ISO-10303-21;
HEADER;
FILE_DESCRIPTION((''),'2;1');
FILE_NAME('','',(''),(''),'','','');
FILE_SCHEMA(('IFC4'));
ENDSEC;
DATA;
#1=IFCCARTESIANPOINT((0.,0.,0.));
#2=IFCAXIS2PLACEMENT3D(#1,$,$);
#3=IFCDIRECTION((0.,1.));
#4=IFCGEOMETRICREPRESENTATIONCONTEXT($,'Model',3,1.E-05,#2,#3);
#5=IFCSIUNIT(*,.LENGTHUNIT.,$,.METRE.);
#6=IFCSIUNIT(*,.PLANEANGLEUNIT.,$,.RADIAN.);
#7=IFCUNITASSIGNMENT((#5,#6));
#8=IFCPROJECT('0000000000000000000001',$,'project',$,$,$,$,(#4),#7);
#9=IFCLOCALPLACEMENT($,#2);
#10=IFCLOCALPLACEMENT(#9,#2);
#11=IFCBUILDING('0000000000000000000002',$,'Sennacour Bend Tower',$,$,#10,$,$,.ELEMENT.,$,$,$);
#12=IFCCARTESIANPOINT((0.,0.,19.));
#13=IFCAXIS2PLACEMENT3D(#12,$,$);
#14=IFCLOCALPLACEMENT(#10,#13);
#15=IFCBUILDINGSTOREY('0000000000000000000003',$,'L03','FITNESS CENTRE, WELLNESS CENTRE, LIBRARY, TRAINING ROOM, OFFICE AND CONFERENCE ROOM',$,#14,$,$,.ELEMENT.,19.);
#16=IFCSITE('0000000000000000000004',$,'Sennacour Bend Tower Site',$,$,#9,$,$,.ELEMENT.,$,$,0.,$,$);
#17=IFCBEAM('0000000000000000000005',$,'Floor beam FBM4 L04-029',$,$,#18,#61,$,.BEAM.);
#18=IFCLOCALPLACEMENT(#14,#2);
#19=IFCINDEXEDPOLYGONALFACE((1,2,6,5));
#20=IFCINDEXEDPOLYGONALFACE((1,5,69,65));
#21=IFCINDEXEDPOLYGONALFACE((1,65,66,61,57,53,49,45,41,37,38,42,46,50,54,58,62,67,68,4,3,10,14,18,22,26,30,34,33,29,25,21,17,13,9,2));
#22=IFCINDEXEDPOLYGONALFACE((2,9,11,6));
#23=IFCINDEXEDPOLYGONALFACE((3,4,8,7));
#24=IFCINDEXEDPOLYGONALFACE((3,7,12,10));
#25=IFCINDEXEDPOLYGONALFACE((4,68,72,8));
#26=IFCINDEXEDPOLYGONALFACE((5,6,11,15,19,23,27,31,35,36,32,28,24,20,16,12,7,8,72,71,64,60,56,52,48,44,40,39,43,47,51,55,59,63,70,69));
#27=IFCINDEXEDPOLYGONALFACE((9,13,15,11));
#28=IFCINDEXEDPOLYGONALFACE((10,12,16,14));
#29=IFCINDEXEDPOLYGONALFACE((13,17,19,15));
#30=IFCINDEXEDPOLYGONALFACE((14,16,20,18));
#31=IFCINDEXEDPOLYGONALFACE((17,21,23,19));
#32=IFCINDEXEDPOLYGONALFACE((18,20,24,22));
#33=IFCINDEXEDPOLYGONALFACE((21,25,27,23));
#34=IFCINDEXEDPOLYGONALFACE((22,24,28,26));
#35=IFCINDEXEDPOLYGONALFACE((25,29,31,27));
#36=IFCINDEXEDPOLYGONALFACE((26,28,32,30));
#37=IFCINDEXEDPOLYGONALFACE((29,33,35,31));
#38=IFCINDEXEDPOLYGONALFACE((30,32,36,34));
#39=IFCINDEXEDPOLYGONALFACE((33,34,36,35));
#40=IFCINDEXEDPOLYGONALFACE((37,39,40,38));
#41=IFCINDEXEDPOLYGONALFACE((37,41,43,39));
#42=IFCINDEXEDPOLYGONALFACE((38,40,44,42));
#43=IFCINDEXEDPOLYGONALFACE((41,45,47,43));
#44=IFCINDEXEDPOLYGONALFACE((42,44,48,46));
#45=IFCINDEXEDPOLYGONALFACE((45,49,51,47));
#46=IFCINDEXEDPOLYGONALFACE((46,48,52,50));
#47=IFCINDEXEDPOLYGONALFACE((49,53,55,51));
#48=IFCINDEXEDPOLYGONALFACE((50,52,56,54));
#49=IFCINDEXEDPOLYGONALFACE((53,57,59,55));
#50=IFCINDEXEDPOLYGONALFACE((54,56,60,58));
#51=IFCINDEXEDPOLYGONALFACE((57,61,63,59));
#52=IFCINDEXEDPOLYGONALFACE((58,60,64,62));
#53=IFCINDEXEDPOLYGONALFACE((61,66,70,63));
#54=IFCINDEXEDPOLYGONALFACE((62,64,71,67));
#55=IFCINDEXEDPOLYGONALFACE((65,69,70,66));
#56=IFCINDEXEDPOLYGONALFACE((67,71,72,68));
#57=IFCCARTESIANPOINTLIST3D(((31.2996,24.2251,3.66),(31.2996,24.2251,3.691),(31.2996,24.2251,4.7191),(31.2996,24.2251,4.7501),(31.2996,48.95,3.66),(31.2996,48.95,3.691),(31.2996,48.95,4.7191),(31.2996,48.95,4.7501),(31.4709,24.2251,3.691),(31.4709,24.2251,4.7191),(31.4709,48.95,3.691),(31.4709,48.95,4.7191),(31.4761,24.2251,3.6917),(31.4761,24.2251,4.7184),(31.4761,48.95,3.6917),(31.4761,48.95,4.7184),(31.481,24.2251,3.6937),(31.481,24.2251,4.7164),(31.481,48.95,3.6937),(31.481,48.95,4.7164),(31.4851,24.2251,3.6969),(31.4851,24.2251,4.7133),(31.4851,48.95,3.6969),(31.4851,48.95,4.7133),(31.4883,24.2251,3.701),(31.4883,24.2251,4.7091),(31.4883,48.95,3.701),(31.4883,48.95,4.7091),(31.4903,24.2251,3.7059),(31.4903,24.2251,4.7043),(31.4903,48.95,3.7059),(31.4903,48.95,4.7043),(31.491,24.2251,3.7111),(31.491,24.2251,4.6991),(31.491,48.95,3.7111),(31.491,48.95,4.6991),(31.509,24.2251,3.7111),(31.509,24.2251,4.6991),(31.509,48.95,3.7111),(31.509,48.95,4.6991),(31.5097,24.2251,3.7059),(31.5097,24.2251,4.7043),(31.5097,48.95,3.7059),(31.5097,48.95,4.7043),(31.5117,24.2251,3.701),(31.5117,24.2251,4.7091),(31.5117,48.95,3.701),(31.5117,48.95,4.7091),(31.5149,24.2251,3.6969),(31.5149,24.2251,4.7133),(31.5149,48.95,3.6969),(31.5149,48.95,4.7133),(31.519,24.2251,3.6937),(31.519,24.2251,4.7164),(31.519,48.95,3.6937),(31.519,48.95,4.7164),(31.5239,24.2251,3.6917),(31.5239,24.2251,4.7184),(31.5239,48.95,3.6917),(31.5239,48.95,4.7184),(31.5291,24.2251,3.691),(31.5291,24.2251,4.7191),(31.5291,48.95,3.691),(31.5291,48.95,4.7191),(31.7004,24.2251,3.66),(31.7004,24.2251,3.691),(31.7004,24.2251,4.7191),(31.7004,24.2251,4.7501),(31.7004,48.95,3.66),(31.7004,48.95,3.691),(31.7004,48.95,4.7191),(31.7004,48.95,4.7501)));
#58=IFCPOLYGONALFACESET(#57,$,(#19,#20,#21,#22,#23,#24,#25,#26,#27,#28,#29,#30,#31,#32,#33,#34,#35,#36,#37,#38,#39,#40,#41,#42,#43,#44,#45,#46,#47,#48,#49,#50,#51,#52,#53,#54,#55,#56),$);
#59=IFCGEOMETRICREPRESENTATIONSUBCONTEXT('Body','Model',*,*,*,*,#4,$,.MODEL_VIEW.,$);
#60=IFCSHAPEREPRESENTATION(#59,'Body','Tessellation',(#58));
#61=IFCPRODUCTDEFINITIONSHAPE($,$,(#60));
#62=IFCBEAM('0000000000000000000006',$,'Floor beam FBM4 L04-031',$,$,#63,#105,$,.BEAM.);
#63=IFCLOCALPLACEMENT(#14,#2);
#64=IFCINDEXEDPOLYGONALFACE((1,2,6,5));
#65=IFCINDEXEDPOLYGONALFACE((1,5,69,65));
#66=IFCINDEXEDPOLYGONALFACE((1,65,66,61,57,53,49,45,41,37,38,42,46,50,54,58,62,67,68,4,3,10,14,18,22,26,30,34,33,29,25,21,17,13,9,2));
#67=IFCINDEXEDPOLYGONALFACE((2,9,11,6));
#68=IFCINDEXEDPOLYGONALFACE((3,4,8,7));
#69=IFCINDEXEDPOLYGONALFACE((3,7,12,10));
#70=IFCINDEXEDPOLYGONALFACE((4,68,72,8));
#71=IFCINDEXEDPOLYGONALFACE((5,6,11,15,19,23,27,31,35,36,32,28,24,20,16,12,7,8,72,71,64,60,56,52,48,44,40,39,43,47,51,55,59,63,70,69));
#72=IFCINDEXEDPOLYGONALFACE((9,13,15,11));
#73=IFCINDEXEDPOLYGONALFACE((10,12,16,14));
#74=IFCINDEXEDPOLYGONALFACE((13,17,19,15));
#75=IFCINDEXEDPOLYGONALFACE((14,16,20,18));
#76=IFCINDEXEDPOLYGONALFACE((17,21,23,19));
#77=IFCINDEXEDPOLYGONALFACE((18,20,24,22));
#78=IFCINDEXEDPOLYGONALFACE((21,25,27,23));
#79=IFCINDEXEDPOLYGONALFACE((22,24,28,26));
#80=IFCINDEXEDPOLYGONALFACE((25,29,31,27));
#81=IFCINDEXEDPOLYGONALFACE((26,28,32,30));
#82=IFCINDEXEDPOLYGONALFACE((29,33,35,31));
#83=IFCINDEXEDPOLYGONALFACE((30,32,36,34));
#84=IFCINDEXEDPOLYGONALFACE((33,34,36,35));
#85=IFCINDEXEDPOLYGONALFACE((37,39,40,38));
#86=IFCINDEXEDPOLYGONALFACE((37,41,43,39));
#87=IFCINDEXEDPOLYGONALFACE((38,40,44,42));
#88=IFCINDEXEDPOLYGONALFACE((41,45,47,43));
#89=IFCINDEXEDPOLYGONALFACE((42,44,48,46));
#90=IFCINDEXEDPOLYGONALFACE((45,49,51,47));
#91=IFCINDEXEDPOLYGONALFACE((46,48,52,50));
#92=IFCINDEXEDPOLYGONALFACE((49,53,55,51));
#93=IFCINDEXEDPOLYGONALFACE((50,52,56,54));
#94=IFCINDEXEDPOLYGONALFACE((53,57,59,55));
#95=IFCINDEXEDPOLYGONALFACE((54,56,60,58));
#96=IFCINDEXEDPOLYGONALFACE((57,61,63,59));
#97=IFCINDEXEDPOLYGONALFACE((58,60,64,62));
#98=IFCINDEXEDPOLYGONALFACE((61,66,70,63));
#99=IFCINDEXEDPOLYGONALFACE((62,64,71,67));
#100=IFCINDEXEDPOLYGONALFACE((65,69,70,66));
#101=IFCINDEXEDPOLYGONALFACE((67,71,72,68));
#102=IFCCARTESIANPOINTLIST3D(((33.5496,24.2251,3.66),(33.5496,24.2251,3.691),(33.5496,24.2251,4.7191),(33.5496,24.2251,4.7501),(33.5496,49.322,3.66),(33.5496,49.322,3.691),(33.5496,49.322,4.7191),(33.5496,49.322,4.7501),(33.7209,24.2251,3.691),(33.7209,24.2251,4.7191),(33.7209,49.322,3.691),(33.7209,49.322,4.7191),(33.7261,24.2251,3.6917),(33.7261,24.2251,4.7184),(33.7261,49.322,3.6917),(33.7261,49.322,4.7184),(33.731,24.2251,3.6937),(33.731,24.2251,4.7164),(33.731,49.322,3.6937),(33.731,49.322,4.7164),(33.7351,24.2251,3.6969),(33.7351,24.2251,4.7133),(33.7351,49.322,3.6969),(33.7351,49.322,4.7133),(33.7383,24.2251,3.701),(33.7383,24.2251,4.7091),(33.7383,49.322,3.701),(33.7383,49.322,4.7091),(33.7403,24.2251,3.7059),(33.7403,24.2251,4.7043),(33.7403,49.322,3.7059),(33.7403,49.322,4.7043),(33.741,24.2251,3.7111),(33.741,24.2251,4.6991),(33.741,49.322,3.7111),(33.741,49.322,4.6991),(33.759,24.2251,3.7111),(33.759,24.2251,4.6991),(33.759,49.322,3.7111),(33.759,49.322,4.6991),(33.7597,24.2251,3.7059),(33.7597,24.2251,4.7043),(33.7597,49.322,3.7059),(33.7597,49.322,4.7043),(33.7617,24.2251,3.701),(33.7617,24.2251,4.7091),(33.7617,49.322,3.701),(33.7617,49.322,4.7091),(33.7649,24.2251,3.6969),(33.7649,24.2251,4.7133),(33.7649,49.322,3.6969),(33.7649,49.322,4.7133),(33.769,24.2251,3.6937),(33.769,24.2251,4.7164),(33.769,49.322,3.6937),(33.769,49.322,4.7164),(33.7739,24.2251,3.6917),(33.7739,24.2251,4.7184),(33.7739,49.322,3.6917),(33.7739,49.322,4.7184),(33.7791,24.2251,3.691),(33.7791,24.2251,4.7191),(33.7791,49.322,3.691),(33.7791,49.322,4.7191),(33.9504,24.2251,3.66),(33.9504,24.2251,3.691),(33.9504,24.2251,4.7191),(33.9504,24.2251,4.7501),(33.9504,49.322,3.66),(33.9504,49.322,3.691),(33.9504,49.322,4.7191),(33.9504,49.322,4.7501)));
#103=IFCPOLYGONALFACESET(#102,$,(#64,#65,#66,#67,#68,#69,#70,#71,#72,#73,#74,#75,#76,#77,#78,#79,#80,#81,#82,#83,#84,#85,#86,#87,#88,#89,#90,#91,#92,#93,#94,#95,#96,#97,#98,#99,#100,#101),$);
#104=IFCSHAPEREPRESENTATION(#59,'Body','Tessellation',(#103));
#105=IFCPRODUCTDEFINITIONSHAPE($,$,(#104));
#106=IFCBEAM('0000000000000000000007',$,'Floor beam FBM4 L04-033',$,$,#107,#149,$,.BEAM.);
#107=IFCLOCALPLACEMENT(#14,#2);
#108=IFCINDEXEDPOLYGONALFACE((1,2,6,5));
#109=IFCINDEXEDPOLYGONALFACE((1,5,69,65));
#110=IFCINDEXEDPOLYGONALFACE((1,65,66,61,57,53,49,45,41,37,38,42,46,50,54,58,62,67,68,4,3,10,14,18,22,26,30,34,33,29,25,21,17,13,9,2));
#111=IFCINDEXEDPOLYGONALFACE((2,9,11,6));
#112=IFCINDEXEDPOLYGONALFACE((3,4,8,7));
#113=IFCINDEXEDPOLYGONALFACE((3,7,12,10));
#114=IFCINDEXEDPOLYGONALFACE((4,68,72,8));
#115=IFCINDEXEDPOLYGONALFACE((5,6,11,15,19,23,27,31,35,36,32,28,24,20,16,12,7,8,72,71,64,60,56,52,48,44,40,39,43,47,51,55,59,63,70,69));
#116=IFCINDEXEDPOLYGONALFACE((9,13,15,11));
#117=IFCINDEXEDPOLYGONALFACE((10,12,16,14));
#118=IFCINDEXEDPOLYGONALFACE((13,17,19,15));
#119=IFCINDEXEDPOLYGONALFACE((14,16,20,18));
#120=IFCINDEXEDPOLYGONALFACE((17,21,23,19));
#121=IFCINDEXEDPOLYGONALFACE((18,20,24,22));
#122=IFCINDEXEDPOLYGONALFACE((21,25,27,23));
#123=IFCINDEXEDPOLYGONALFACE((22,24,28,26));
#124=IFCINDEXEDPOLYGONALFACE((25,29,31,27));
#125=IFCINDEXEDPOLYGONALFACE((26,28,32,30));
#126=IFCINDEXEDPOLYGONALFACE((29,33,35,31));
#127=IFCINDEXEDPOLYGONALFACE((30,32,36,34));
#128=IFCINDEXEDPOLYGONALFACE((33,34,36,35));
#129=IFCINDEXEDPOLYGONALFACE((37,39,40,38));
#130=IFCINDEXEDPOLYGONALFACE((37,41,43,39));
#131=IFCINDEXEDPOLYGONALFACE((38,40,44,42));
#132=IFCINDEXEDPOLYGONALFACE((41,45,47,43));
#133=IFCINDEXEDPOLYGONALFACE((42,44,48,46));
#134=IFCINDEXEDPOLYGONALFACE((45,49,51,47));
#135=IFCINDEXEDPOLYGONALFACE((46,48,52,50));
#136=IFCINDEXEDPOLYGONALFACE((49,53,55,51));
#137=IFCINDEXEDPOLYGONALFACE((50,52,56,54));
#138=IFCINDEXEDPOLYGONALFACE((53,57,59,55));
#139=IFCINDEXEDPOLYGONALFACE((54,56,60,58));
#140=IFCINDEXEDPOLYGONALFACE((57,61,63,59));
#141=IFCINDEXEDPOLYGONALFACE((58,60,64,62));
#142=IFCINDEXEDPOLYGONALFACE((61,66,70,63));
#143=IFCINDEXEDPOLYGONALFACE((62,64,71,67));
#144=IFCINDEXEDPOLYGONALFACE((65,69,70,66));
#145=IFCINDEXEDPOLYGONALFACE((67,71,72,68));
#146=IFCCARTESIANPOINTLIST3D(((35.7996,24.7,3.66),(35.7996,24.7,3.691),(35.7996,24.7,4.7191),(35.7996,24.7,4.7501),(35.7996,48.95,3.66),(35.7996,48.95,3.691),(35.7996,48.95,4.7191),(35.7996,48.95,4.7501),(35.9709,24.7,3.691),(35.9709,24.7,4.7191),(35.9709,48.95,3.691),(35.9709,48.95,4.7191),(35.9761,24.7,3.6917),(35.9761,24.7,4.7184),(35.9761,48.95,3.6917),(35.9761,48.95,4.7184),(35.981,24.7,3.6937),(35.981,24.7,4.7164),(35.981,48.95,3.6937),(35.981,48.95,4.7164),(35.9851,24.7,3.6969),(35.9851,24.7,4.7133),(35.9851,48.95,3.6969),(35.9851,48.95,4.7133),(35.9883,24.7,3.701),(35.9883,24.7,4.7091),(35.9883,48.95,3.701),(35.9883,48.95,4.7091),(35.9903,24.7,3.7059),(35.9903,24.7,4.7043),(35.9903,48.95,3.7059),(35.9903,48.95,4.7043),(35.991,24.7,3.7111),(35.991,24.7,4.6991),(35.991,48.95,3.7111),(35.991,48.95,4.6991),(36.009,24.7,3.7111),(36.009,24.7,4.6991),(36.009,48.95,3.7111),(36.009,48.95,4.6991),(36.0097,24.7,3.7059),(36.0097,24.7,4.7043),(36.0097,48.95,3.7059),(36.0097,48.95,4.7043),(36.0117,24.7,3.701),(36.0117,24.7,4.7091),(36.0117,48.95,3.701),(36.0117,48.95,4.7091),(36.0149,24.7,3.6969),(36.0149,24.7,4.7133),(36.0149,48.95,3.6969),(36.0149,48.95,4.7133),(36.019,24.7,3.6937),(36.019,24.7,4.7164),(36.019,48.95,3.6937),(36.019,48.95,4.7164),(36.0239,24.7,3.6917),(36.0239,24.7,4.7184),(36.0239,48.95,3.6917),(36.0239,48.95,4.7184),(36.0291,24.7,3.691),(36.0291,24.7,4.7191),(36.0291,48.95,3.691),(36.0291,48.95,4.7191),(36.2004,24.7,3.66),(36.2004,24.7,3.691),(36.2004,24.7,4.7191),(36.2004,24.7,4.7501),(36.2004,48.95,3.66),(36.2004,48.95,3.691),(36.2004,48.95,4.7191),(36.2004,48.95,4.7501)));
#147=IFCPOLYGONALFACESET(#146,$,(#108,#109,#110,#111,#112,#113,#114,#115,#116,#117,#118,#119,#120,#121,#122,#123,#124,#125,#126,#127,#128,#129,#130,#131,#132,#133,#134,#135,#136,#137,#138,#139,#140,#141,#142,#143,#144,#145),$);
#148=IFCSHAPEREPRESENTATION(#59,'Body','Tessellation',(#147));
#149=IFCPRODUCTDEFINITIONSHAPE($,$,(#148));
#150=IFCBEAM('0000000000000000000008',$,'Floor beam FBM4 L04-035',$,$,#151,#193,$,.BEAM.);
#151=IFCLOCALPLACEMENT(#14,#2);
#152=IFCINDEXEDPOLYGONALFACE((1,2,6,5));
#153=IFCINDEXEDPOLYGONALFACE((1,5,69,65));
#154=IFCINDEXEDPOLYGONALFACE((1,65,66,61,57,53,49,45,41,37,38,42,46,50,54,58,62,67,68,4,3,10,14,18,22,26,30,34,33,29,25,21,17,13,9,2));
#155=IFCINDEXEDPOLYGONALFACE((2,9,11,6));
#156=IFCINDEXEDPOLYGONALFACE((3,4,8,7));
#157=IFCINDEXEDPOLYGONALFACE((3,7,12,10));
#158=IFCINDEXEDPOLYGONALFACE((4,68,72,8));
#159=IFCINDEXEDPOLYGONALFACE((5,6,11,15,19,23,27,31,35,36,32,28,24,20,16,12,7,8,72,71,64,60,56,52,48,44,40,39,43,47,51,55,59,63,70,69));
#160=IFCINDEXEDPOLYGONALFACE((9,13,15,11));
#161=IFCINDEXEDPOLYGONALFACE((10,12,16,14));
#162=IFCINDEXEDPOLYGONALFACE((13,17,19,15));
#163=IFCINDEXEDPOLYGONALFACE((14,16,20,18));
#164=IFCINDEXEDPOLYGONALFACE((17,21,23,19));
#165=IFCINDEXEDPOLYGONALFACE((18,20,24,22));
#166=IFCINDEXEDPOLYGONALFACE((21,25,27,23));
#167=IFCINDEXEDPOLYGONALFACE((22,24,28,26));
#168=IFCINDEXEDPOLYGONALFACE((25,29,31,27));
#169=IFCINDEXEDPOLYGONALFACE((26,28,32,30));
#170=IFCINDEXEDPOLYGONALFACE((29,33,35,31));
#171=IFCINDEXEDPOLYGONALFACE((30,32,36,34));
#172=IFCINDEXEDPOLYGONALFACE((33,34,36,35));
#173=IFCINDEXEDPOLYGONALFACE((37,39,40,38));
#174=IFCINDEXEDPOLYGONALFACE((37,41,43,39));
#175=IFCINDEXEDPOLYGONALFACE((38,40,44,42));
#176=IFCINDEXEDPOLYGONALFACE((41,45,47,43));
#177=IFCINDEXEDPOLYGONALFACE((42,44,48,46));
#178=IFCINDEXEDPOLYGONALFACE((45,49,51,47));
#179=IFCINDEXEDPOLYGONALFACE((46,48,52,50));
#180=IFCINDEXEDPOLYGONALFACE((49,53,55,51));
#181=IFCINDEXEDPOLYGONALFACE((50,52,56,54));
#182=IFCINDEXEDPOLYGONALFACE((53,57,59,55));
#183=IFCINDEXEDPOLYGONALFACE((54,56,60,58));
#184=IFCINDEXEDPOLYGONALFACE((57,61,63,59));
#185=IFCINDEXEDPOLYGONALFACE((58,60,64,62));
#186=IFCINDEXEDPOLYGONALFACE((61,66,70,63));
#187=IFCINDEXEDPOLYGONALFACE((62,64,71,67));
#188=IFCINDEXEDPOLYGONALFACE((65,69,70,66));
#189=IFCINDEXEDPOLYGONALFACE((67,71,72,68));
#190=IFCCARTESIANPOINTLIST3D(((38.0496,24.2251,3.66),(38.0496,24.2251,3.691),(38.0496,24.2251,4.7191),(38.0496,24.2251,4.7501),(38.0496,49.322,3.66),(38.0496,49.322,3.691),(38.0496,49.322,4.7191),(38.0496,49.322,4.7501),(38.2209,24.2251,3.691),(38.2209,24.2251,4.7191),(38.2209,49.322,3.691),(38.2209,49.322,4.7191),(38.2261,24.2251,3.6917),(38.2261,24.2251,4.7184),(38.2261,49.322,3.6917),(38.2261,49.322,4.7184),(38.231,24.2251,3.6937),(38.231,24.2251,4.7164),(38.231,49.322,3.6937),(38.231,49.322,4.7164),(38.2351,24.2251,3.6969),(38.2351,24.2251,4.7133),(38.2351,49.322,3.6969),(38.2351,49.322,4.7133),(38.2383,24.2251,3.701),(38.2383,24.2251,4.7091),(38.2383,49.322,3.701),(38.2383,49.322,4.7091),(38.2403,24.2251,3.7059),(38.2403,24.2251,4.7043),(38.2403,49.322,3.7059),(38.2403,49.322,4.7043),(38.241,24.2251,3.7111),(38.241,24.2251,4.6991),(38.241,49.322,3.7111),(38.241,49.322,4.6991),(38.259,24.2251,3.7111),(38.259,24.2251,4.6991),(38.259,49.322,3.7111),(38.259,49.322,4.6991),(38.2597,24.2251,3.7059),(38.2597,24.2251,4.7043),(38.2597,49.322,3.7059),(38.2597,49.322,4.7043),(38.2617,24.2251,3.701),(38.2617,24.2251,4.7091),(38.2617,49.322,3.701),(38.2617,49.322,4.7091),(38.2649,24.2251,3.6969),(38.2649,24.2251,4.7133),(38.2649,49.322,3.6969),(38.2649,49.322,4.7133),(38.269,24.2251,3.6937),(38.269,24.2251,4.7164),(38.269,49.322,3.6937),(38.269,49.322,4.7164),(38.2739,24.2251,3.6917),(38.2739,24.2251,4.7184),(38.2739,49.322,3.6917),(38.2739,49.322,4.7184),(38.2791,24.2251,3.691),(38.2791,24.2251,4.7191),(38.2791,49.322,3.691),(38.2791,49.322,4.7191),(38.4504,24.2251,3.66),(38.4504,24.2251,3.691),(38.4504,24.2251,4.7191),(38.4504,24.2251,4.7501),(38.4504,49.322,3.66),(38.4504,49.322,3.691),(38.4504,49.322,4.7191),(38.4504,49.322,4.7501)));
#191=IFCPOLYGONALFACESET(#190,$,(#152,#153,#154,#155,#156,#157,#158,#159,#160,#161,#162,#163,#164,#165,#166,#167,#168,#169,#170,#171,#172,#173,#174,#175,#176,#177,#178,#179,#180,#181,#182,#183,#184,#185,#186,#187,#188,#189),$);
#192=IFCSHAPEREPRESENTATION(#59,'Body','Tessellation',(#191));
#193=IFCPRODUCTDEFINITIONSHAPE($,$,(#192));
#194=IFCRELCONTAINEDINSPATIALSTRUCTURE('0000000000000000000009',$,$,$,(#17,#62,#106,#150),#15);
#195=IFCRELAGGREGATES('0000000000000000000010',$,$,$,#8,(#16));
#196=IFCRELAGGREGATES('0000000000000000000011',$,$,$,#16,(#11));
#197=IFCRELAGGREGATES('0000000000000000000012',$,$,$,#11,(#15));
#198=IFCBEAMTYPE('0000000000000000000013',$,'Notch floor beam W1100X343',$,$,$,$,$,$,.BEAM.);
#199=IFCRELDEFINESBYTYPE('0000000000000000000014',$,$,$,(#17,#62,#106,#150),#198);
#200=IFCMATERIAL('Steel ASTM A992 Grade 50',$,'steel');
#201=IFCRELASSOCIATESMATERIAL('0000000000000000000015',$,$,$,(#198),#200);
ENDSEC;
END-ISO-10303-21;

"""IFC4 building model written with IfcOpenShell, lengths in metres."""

from ifc_helpers import new_model, si_unit, direction, frame, origin, origin_2d, place, context, subcontext, project, spatial, i_section, extrude, material, material_profile, profile_set, type_object, element, save


model = new_model("IFC4")

# Units and contexts
model_context = context("Model", 3, precision=1e-05, world=origin(), true_north=direction((0.0, 1.0)))
body_context = subcontext(model_context, "Body", "Model", "MODEL_VIEW")
ifc_project = project(units=[si_unit("LENGTHUNIT", "METRE"), si_unit("PLANEANGLEUNIT", "RADIAN")], contexts=[model_context])

# Site, building, storey
site_placement = place(None, origin())
site = spatial("IfcSite", under=ifc_project, at=site_placement, Name="Sennacour Bend Tower Site", CompositionType="ELEMENT", RefElevation=0.0)
building_placement = place(site_placement, origin())
building = spatial("IfcBuilding", under=site, at=building_placement, Name="Sennacour Bend Tower", CompositionType="ELEMENT")
storey_placement = place(building_placement, frame((0.0, 0.0, 19.0)))
storey = spatial("IfcBuildingStorey", under=building, at=storey_placement, Name="L03", Description="FITNESS CENTRE, WELLNESS CENTRE, LIBRARY, TRAINING ROOM, OFFICE AND CONFERENCE ROOM", CompositionType="ELEMENT", Elevation=19.0)

# Beams
ifc_material_1 = material(Name="Steel ASTM A992 Grade 50", Category="steel")
ifc_material_profile_1 = material_profile(ifc_material_1, i_section(OverallWidth=0.4009, OverallDepth=1.0901, WebThickness=0.0181, FlangeThickness=0.031, FilletRadius=0.02, at=origin_2d()), Name="Steel ASTM A992 Grade 50", Category="steel")
ifc_profile_set_1 = profile_set([ifc_material_profile_1], Name="Steel ASTM A992 Grade 50")
beam_type_1 = type_object("IfcBeamType", Name="Notch floor beam W1100X343", PredefinedType="BEAM", material=ifc_profile_set_1)
beam_1_placement = place(storey_placement, frame((31.5, 24.2251, 4.2051), z_axis=(0.0, 1.0, 0.0), x_axis=(-1.0, 0.0, 0.0)))
element("IfcBeam", 1, at=beam_1_placement, inside=storey, type_object=beam_type_1, Name="Floor beam FBM4 L04-029", PredefinedType="BEAM", context=body_context, shape_type="SweptSolid", body=[
    extrude(i_section(OverallWidth=0.4009, OverallDepth=1.0901, WebThickness=0.0181, FlangeThickness=0.031, FilletRadius=0.02, at=origin_2d()), origin(), (0.0, 0.0, 1.0), 24.7249),
])
beam_2_placement = place(storey_placement, frame((33.75, 24.2251, 4.2051), z_axis=(0.0, 1.0, 0.0), x_axis=(-1.0, 0.0, 0.0)))
element("IfcBeam", 2, at=beam_2_placement, inside=storey, type_object=beam_type_1, Name="Floor beam FBM4 L04-031", PredefinedType="BEAM", context=body_context, shape_type="SweptSolid", body=[
    extrude(i_section(OverallWidth=0.4009, OverallDepth=1.0901, WebThickness=0.0181, FlangeThickness=0.031, FilletRadius=0.02, at=origin_2d()), origin(), (0.0, 0.0, 1.0), 25.0969),
])
beam_3_placement = place(storey_placement, frame((36.0, 24.7, 4.2051), z_axis=(0.0, 1.0, 0.0), x_axis=(-1.0, 0.0, 0.0)))
element("IfcBeam", 3, at=beam_3_placement, inside=storey, type_object=beam_type_1, Name="Floor beam FBM4 L04-033", PredefinedType="BEAM", context=body_context, shape_type="SweptSolid", body=[
    extrude(i_section(OverallWidth=0.4009, OverallDepth=1.0901, WebThickness=0.0181, FlangeThickness=0.031, FilletRadius=0.02, at=origin_2d()), origin(), (0.0, 0.0, 1.0), 24.25),
])
beam_4_placement = place(storey_placement, frame((38.25, 24.2251, 4.2051), z_axis=(0.0, 1.0, 0.0), x_axis=(-1.0, 0.0, 0.0)))
element("IfcBeam", 4, at=beam_4_placement, inside=storey, type_object=beam_type_1, Name="Floor beam FBM4 L04-035", PredefinedType="BEAM", context=body_context, shape_type="SweptSolid", body=[
    extrude(i_section(OverallWidth=0.4009, OverallDepth=1.0901, WebThickness=0.0181, FlangeThickness=0.031, FilletRadius=0.02, at=origin_2d()), origin(), (0.0, 0.0, 1.0), 25.0969),
])

save(model, "model.ifc")
